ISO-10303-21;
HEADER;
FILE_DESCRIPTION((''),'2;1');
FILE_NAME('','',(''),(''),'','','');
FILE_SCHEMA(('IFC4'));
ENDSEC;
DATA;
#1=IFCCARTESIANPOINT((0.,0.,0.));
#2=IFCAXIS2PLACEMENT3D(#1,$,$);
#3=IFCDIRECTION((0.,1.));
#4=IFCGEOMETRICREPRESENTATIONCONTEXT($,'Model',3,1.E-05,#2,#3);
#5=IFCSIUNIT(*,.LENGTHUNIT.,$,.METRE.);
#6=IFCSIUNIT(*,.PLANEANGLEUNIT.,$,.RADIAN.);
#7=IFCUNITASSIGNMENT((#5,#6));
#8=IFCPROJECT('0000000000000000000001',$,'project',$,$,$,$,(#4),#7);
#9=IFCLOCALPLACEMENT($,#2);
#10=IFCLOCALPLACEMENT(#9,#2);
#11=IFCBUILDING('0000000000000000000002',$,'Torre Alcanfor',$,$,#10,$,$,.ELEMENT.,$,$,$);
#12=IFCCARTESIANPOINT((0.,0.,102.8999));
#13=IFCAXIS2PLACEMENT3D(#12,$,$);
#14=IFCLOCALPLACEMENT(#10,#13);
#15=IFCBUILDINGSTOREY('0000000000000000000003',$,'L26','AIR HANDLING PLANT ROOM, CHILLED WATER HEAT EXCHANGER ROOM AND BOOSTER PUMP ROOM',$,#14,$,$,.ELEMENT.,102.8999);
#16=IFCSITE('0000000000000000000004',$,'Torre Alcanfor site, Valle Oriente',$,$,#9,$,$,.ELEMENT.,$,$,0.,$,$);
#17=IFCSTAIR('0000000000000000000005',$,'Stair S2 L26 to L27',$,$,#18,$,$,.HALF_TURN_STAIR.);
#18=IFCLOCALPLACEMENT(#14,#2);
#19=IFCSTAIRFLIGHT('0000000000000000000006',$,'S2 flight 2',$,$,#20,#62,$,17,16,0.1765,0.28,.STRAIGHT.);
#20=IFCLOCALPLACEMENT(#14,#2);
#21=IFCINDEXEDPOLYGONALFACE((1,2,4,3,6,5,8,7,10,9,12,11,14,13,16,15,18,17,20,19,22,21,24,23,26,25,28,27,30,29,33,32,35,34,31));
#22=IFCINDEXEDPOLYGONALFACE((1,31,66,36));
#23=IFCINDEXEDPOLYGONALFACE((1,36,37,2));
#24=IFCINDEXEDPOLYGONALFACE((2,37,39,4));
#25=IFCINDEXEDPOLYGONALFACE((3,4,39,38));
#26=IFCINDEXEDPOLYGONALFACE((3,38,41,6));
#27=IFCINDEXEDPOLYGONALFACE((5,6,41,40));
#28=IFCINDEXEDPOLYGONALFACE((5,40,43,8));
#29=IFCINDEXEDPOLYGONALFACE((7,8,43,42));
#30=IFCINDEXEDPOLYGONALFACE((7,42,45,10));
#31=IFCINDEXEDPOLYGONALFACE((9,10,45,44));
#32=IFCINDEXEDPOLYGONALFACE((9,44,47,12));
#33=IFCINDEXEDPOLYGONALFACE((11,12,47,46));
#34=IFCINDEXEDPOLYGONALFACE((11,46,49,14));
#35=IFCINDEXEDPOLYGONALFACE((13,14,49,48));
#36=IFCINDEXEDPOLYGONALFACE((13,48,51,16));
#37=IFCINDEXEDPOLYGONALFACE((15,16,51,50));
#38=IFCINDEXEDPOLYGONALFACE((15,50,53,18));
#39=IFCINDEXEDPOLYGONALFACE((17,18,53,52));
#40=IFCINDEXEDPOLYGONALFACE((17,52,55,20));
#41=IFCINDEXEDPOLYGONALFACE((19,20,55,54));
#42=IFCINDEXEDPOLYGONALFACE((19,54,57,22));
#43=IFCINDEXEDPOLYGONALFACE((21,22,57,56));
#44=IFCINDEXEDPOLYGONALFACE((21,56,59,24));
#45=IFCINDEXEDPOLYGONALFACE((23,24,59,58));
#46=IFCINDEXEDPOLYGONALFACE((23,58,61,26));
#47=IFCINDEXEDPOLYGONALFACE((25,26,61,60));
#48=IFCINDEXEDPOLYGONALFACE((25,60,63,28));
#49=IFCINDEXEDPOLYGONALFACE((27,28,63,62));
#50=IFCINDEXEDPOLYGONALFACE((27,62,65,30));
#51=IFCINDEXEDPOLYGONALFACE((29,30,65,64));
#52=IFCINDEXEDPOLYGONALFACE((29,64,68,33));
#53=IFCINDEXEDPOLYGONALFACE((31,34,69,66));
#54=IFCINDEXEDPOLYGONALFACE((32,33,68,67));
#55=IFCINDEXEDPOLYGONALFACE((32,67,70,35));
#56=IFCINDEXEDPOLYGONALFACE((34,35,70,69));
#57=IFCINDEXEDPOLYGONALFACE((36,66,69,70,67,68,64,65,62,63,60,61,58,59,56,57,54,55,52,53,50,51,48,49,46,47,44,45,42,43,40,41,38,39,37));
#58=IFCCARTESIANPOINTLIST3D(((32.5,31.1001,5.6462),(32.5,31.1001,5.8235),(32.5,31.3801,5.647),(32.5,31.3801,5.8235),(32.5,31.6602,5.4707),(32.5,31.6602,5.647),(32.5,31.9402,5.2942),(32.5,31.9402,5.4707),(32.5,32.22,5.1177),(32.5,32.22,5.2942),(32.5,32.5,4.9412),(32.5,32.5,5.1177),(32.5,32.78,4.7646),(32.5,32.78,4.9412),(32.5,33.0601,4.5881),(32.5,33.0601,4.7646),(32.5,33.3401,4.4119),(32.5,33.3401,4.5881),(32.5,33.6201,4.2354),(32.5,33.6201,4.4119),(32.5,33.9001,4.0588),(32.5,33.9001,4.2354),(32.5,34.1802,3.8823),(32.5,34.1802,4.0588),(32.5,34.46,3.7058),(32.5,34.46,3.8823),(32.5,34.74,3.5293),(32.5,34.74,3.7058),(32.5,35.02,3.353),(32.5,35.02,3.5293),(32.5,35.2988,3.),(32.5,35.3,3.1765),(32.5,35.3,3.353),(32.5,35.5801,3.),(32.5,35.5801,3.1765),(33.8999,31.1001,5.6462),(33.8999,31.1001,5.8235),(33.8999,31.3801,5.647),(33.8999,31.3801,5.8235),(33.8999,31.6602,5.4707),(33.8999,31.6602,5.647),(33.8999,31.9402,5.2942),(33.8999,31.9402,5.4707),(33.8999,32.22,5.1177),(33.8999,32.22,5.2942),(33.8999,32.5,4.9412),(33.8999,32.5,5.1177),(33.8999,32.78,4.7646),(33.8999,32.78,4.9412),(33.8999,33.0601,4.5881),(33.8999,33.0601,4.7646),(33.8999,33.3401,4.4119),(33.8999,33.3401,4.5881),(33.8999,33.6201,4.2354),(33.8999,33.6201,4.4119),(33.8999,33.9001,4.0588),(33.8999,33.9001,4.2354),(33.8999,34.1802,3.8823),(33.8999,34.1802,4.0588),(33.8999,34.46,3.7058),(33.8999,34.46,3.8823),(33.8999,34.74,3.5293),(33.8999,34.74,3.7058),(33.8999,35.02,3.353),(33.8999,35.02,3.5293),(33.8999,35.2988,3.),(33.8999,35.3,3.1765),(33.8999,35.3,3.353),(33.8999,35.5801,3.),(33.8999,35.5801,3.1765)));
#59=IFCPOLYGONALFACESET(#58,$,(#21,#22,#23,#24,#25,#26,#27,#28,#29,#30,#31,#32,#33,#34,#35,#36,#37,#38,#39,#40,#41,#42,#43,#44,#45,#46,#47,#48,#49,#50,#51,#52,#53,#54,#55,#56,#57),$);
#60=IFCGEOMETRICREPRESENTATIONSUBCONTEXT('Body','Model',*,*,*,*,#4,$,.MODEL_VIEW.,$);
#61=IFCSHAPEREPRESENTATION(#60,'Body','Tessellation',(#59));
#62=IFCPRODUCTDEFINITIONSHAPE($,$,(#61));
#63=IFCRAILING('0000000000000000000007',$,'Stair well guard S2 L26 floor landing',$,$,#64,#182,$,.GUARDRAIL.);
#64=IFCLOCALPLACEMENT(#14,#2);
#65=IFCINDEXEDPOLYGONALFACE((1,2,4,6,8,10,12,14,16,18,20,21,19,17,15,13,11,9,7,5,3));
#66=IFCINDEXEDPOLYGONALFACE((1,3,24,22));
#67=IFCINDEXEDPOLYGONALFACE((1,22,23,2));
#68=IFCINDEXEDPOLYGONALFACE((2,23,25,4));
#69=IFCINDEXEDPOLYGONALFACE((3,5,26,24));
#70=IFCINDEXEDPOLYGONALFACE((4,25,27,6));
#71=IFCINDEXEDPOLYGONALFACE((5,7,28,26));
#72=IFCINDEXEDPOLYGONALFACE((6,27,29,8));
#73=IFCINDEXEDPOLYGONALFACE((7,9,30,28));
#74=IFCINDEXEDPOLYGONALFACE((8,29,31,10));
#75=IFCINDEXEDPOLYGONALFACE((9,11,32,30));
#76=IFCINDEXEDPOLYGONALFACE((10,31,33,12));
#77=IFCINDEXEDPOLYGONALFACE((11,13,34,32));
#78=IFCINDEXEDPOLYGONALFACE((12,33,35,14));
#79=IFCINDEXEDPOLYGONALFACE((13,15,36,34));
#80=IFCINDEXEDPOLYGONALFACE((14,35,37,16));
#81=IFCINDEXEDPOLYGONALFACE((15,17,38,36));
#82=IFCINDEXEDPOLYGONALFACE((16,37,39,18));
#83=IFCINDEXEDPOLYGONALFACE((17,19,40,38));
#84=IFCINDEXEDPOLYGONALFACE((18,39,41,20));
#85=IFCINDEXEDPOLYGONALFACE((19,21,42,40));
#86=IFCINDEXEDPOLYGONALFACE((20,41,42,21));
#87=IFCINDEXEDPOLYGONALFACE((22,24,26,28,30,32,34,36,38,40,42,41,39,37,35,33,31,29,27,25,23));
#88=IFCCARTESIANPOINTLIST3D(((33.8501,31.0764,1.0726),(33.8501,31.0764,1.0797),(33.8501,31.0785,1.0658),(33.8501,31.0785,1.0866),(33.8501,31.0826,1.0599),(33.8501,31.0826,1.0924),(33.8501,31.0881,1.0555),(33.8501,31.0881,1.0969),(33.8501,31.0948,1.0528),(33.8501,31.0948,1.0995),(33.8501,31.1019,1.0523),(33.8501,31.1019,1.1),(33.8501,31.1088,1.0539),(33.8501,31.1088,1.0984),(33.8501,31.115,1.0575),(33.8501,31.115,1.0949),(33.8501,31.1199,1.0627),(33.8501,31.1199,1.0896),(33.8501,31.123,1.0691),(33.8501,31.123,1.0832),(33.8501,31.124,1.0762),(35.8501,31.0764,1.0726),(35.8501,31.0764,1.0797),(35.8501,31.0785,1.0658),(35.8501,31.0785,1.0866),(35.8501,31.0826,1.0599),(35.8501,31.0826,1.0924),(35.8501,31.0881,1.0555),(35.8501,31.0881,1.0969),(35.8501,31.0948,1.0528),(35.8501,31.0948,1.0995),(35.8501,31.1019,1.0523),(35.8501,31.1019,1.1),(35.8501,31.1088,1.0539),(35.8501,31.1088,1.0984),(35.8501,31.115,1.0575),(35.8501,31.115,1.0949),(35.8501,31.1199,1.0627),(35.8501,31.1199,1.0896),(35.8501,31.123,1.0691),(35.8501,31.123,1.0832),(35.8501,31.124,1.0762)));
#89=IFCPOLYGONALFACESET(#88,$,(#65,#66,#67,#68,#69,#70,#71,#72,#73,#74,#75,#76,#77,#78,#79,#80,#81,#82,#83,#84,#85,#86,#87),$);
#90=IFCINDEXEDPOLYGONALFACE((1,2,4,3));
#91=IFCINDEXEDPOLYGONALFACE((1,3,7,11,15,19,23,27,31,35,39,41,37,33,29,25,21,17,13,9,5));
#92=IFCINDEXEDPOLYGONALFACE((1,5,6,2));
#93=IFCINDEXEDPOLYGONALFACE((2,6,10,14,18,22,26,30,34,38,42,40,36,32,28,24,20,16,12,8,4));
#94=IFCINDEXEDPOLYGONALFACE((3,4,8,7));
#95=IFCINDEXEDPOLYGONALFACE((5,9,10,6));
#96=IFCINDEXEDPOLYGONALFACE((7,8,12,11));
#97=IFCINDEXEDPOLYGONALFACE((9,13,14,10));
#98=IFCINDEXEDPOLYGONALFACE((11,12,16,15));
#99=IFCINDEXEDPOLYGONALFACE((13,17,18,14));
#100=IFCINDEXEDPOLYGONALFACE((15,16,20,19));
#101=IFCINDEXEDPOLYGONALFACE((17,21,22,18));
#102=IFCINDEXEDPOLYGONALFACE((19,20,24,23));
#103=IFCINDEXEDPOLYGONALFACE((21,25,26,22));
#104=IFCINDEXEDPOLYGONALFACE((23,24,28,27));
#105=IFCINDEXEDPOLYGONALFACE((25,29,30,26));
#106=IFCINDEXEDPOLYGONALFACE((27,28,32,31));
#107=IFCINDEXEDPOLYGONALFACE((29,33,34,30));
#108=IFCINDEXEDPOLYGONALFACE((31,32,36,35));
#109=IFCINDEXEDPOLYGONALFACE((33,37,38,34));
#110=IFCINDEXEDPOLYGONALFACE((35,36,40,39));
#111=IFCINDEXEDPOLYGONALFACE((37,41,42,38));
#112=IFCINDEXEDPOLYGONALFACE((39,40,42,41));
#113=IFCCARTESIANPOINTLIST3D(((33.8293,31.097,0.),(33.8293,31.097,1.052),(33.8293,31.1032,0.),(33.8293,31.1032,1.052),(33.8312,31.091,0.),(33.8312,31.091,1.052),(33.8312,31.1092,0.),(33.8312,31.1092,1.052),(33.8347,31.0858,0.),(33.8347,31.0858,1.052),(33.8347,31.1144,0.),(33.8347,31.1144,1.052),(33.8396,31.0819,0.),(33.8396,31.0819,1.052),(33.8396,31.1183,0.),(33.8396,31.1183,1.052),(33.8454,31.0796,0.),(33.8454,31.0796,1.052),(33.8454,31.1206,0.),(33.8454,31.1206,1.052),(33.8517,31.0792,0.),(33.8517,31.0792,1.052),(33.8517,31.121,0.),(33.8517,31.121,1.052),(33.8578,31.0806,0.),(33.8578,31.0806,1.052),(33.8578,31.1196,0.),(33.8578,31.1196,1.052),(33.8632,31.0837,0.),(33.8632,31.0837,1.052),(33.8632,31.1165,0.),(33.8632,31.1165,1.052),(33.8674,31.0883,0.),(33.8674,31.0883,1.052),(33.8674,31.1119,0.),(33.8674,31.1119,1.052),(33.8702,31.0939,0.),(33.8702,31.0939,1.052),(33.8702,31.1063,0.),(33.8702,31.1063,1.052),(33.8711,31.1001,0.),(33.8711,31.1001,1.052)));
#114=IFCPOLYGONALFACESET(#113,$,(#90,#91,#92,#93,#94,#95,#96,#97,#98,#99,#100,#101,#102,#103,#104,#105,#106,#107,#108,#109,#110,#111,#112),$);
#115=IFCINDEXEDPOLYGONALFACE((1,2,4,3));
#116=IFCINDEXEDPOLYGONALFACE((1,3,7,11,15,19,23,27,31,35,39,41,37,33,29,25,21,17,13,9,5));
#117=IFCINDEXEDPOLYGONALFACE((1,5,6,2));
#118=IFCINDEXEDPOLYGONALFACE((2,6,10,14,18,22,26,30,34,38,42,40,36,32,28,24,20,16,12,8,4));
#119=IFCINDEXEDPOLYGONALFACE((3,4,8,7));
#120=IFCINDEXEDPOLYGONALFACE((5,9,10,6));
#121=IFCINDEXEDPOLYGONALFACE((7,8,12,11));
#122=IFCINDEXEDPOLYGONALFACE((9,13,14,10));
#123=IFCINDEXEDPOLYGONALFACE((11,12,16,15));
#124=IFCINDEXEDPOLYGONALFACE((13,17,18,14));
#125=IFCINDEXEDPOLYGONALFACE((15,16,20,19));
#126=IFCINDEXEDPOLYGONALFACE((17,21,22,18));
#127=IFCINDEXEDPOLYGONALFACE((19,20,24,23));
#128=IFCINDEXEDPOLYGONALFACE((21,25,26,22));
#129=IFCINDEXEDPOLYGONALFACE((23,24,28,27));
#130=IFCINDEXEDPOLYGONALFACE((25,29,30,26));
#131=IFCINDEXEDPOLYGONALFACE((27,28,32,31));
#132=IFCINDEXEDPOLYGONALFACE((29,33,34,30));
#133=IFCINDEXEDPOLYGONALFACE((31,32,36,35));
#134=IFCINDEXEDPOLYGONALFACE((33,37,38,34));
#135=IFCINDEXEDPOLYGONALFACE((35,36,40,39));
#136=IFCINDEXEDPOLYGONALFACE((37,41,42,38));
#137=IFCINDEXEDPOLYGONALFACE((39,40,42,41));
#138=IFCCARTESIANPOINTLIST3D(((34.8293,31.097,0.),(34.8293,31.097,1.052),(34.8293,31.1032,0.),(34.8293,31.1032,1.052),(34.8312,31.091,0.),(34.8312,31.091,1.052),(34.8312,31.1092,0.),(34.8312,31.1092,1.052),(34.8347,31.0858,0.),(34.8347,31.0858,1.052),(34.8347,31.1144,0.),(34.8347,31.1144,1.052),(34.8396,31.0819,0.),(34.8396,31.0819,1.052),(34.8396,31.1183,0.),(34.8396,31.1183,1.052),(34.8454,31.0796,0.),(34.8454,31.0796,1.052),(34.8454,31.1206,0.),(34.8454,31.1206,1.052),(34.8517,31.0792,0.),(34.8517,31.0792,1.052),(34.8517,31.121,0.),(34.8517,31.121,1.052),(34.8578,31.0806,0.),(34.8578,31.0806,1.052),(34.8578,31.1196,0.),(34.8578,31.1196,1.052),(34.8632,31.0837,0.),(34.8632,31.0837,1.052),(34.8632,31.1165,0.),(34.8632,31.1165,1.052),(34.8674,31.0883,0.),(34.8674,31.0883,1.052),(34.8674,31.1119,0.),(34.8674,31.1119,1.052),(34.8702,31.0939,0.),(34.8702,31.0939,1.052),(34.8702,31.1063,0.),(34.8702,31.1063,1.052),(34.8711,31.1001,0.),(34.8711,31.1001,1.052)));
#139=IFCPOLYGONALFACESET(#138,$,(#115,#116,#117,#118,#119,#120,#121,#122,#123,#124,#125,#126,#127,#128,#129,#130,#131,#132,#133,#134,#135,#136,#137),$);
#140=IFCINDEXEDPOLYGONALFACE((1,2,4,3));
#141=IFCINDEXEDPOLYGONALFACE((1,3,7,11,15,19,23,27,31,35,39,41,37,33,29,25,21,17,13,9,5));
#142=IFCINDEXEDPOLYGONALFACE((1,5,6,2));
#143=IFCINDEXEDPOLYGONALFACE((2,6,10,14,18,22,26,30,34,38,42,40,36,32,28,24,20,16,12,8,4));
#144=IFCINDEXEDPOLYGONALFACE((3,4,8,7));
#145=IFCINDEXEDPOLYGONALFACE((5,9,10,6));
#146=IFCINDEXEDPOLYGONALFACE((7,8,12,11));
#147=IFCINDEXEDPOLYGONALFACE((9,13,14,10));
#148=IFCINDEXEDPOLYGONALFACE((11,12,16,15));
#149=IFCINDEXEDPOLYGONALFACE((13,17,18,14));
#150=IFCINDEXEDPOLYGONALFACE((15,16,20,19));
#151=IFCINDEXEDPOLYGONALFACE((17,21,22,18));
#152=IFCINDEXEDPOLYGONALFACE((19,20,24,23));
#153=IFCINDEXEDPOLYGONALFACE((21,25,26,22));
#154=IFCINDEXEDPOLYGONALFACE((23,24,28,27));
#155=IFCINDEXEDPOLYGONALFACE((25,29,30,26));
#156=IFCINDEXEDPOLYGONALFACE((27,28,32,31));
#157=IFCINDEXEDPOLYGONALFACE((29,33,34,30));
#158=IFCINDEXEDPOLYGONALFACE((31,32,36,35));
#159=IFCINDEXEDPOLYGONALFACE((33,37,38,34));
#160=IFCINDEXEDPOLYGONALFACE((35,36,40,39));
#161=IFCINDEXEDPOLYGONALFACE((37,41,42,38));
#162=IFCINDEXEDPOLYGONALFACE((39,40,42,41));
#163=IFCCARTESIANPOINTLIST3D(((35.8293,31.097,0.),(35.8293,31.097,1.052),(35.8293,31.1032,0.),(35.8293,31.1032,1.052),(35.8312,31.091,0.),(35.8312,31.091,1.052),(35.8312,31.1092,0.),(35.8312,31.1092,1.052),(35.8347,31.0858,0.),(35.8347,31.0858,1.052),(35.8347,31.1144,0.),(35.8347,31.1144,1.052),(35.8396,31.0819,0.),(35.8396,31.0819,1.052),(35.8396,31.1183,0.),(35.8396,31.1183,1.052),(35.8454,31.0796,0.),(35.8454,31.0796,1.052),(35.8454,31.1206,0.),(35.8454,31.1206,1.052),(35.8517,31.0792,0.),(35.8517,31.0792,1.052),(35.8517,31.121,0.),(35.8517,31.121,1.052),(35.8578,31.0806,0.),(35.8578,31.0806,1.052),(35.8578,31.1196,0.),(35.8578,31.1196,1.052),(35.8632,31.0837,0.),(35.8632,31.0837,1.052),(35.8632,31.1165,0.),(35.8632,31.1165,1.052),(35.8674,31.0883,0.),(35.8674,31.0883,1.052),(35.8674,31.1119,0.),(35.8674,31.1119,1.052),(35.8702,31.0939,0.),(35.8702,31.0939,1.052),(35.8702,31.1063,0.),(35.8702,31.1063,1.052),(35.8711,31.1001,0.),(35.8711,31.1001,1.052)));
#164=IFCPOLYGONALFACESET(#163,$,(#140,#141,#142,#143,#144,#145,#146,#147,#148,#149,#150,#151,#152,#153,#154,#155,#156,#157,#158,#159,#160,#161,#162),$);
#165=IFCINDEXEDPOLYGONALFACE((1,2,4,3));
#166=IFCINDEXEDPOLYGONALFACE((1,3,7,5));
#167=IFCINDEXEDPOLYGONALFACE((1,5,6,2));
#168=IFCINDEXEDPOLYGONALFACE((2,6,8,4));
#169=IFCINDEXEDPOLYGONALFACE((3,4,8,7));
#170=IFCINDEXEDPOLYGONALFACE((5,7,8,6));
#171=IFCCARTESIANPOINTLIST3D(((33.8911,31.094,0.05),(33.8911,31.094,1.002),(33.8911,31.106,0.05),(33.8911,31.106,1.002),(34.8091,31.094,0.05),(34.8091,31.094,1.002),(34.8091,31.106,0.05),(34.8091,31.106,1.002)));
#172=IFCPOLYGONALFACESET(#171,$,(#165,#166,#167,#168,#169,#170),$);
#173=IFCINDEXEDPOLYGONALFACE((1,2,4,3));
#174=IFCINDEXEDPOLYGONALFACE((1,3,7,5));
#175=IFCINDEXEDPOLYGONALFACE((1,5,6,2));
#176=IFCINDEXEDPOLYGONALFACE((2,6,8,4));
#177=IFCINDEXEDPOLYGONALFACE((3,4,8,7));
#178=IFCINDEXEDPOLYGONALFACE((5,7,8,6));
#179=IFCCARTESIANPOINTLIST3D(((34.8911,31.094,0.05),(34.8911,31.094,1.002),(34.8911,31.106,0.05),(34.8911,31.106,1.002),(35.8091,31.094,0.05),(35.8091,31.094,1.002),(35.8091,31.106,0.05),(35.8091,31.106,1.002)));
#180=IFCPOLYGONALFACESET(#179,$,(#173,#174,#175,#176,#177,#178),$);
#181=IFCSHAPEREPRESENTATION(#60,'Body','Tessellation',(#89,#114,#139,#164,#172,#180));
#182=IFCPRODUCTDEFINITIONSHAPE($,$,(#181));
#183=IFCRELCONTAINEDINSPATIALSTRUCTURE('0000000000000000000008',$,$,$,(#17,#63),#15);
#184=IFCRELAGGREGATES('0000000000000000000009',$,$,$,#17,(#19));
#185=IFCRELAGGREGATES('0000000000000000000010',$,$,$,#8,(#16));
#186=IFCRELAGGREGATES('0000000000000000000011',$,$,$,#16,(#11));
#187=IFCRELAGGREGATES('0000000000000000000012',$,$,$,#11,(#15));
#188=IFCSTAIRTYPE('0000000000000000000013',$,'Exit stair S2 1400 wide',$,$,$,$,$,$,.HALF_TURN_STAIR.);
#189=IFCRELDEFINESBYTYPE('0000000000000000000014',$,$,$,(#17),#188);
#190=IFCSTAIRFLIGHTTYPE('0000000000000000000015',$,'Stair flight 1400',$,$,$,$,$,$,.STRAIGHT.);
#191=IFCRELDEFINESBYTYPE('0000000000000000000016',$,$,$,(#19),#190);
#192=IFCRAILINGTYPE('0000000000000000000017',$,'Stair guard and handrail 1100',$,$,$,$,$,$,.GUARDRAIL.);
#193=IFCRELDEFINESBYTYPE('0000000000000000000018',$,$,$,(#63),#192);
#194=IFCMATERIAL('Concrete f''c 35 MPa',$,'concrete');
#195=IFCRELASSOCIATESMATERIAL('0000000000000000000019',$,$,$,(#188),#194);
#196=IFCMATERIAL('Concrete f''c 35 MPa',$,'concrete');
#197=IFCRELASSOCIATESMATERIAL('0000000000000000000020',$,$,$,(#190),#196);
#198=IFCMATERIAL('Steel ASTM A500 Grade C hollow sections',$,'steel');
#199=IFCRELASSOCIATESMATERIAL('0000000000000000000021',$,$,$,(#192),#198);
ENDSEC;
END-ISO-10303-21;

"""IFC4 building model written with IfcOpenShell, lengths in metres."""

from ifc_helpers import new_model, si_unit, direction, frame, origin, origin_2d, place, context, subcontext, project, spatial, polyline, circle, outline, extrude, material, type_object, element, aggregate, save


model = new_model("IFC4")

# Units and contexts
model_context = context("Model", 3, precision=1e-05, world=origin(), true_north=direction((0.0, 1.0)))
body_context = subcontext(model_context, "Body", "Model", "MODEL_VIEW")
ifc_project = project(units=[si_unit("LENGTHUNIT", "METRE"), si_unit("PLANEANGLEUNIT", "RADIAN")], contexts=[model_context])

# Site, building, storey
site_placement = place(None, origin())
site = spatial("IfcSite", under=ifc_project, at=site_placement, Name="Torre Alcanfor site, Valle Oriente", CompositionType="ELEMENT", RefElevation=0.0)
building_placement = place(site_placement, origin())
building = spatial("IfcBuilding", under=site, at=building_placement, Name="Torre Alcanfor", CompositionType="ELEMENT")
storey_placement = place(building_placement, frame((0.0, 0.0, 102.8999)))
storey = spatial("IfcBuildingStorey", under=building, at=storey_placement, Name="L26", Description="AIR HANDLING PLANT ROOM, CHILLED WATER HEAT EXCHANGER ROOM AND BOOSTER PUMP ROOM", CompositionType="ELEMENT", Elevation=102.8999)

# Stair, stair flight
ifc_material_1 = material(Name="Concrete f'c 35 MPa", Category="concrete")
stair_type = type_object("IfcStairType", Name="Exit stair S2 1400 wide", PredefinedType="HALF_TURN_STAIR", material=ifc_material_1)
stair_placement = place(storey_placement, origin())
stair = element("IfcStair", 1, at=stair_placement, inside=storey, type_object=stair_type, Name="Stair S2 L26 to L27", PredefinedType="HALF_TURN_STAIR")
ifc_material_2 = material(Name="Concrete f'c 35 MPa", Category="concrete")
stair_flight_type = type_object("IfcStairFlightType", Name="Stair flight 1400", PredefinedType="STRAIGHT", material=ifc_material_2)
stair_flight_1_placement = place(storey_placement, frame((33.2, 35.5801, 3.0), z_axis=(0.0, 0.0, 1.0), x_axis=(0.0, -1.0, 0.0)))
stair_flight_1 = element("IfcStairFlight", 2, at=stair_flight_1_placement, type_object=stair_flight_type, Name="S2 flight 2", NumberOfRisers=17, NumberOfTreads=16, PredefinedType="STRAIGHT", RiserHeight=0.1765, TreadLength=0.28, context=body_context, shape_type="SweptSolid", body=[
    extrude(outline(polyline([(0.0, 0.0), (0.0, 0.1765), (0.28, 0.1765), (0.28, 0.353), (0.5601, 0.353), (0.5601, 0.5293), (0.8401, 0.5293), (0.8401, 0.7058), (1.1201, 0.7058), (1.1201, 0.8823), (1.3999, 0.8823), (1.3999, 1.0588), (1.6799, 1.0588), (1.6799, 1.2354), (1.96, 1.2354), (1.96, 1.4119), (2.24, 1.4119), (2.24, 1.5881), (2.52, 1.5881), (2.52, 1.7646), (2.8, 1.7646), (2.8, 1.9412), (3.0801, 1.9412), (3.0801, 2.1177), (3.3601, 2.1177), (3.3601, 2.2942), (3.6399, 2.2942), (3.6399, 2.4707), (3.9199, 2.4707), (3.9199, 2.647), (4.2, 2.647), (4.2, 2.8235), (4.48, 2.8235), (4.48, 3.0), (4.48, 2.6462), (0.2812, 0.0), (0.0, 0.0)])), frame((0.0, 0.7, 0.0), z_axis=(0.0, -1.0, 0.0), x_axis=(1.0, 0.0, 0.0)), (0.0, 0.0, 1.0), 1.3999),
])
aggregate(stair, [stair_flight_1])

# Railing
ifc_material_3 = material(Name="Steel ASTM A500 Grade C hollow sections", Category="steel")
railing_type_1 = type_object("IfcRailingType", Name="Stair guard and handrail 1100", PredefinedType="GUARDRAIL", material=ifc_material_3)
for number, where, name in (
    (3, (33.8501, 31.1001, 0.0), "Stair well guard S2 L26 floor landing"),
):
    element("IfcRailing", number, at=place(storey_placement, frame(where)), inside=storey, type_object=railing_type_1, Name=name, PredefinedType="GUARDRAIL", context=body_context, shape_type="SweptSolid", body=[
        extrude(circle(Radius=0.0239, at=origin_2d()), frame((0.0, 0.0, 1.0762), z_axis=(1.0, 0.0, 0.0), x_axis=(0.0, 1.0, 0.0)), (0.0, 0.0, 1.0), 2.0),
        extrude(circle(Radius=0.021, at=origin_2d()), origin(), (0.0, 0.0, 1.0), 1.052),
        extrude(circle(Radius=0.021, at=origin_2d()), frame((1.0, 0.0, 0.0)), (0.0, 0.0, 1.0), 1.052),
        extrude(circle(Radius=0.021, at=origin_2d()), frame((2.0, 0.0, 0.0)), (0.0, 0.0, 1.0), 1.052),
        extrude(outline(polyline([(0.041, 0.05), (0.959, 0.05), (0.959, 1.002), (0.041, 1.002), (0.041, 0.05)])), frame((0.0, 0.0059, 0.0), z_axis=(0.0, -1.0, 0.0), x_axis=(1.0, 0.0, 0.0)), (0.0, 0.0, 1.0), 0.012),
        extrude(outline(polyline([(1.041, 0.05), (1.959, 0.05), (1.959, 1.002), (1.041, 1.002), (1.041, 0.05)])), frame((0.0, 0.0059, 0.0), z_axis=(0.0, -1.0, 0.0), x_axis=(1.0, 0.0, 0.0)), (0.0, 0.0, 1.0), 0.012),
    ])

save(model, "model.ifc")
